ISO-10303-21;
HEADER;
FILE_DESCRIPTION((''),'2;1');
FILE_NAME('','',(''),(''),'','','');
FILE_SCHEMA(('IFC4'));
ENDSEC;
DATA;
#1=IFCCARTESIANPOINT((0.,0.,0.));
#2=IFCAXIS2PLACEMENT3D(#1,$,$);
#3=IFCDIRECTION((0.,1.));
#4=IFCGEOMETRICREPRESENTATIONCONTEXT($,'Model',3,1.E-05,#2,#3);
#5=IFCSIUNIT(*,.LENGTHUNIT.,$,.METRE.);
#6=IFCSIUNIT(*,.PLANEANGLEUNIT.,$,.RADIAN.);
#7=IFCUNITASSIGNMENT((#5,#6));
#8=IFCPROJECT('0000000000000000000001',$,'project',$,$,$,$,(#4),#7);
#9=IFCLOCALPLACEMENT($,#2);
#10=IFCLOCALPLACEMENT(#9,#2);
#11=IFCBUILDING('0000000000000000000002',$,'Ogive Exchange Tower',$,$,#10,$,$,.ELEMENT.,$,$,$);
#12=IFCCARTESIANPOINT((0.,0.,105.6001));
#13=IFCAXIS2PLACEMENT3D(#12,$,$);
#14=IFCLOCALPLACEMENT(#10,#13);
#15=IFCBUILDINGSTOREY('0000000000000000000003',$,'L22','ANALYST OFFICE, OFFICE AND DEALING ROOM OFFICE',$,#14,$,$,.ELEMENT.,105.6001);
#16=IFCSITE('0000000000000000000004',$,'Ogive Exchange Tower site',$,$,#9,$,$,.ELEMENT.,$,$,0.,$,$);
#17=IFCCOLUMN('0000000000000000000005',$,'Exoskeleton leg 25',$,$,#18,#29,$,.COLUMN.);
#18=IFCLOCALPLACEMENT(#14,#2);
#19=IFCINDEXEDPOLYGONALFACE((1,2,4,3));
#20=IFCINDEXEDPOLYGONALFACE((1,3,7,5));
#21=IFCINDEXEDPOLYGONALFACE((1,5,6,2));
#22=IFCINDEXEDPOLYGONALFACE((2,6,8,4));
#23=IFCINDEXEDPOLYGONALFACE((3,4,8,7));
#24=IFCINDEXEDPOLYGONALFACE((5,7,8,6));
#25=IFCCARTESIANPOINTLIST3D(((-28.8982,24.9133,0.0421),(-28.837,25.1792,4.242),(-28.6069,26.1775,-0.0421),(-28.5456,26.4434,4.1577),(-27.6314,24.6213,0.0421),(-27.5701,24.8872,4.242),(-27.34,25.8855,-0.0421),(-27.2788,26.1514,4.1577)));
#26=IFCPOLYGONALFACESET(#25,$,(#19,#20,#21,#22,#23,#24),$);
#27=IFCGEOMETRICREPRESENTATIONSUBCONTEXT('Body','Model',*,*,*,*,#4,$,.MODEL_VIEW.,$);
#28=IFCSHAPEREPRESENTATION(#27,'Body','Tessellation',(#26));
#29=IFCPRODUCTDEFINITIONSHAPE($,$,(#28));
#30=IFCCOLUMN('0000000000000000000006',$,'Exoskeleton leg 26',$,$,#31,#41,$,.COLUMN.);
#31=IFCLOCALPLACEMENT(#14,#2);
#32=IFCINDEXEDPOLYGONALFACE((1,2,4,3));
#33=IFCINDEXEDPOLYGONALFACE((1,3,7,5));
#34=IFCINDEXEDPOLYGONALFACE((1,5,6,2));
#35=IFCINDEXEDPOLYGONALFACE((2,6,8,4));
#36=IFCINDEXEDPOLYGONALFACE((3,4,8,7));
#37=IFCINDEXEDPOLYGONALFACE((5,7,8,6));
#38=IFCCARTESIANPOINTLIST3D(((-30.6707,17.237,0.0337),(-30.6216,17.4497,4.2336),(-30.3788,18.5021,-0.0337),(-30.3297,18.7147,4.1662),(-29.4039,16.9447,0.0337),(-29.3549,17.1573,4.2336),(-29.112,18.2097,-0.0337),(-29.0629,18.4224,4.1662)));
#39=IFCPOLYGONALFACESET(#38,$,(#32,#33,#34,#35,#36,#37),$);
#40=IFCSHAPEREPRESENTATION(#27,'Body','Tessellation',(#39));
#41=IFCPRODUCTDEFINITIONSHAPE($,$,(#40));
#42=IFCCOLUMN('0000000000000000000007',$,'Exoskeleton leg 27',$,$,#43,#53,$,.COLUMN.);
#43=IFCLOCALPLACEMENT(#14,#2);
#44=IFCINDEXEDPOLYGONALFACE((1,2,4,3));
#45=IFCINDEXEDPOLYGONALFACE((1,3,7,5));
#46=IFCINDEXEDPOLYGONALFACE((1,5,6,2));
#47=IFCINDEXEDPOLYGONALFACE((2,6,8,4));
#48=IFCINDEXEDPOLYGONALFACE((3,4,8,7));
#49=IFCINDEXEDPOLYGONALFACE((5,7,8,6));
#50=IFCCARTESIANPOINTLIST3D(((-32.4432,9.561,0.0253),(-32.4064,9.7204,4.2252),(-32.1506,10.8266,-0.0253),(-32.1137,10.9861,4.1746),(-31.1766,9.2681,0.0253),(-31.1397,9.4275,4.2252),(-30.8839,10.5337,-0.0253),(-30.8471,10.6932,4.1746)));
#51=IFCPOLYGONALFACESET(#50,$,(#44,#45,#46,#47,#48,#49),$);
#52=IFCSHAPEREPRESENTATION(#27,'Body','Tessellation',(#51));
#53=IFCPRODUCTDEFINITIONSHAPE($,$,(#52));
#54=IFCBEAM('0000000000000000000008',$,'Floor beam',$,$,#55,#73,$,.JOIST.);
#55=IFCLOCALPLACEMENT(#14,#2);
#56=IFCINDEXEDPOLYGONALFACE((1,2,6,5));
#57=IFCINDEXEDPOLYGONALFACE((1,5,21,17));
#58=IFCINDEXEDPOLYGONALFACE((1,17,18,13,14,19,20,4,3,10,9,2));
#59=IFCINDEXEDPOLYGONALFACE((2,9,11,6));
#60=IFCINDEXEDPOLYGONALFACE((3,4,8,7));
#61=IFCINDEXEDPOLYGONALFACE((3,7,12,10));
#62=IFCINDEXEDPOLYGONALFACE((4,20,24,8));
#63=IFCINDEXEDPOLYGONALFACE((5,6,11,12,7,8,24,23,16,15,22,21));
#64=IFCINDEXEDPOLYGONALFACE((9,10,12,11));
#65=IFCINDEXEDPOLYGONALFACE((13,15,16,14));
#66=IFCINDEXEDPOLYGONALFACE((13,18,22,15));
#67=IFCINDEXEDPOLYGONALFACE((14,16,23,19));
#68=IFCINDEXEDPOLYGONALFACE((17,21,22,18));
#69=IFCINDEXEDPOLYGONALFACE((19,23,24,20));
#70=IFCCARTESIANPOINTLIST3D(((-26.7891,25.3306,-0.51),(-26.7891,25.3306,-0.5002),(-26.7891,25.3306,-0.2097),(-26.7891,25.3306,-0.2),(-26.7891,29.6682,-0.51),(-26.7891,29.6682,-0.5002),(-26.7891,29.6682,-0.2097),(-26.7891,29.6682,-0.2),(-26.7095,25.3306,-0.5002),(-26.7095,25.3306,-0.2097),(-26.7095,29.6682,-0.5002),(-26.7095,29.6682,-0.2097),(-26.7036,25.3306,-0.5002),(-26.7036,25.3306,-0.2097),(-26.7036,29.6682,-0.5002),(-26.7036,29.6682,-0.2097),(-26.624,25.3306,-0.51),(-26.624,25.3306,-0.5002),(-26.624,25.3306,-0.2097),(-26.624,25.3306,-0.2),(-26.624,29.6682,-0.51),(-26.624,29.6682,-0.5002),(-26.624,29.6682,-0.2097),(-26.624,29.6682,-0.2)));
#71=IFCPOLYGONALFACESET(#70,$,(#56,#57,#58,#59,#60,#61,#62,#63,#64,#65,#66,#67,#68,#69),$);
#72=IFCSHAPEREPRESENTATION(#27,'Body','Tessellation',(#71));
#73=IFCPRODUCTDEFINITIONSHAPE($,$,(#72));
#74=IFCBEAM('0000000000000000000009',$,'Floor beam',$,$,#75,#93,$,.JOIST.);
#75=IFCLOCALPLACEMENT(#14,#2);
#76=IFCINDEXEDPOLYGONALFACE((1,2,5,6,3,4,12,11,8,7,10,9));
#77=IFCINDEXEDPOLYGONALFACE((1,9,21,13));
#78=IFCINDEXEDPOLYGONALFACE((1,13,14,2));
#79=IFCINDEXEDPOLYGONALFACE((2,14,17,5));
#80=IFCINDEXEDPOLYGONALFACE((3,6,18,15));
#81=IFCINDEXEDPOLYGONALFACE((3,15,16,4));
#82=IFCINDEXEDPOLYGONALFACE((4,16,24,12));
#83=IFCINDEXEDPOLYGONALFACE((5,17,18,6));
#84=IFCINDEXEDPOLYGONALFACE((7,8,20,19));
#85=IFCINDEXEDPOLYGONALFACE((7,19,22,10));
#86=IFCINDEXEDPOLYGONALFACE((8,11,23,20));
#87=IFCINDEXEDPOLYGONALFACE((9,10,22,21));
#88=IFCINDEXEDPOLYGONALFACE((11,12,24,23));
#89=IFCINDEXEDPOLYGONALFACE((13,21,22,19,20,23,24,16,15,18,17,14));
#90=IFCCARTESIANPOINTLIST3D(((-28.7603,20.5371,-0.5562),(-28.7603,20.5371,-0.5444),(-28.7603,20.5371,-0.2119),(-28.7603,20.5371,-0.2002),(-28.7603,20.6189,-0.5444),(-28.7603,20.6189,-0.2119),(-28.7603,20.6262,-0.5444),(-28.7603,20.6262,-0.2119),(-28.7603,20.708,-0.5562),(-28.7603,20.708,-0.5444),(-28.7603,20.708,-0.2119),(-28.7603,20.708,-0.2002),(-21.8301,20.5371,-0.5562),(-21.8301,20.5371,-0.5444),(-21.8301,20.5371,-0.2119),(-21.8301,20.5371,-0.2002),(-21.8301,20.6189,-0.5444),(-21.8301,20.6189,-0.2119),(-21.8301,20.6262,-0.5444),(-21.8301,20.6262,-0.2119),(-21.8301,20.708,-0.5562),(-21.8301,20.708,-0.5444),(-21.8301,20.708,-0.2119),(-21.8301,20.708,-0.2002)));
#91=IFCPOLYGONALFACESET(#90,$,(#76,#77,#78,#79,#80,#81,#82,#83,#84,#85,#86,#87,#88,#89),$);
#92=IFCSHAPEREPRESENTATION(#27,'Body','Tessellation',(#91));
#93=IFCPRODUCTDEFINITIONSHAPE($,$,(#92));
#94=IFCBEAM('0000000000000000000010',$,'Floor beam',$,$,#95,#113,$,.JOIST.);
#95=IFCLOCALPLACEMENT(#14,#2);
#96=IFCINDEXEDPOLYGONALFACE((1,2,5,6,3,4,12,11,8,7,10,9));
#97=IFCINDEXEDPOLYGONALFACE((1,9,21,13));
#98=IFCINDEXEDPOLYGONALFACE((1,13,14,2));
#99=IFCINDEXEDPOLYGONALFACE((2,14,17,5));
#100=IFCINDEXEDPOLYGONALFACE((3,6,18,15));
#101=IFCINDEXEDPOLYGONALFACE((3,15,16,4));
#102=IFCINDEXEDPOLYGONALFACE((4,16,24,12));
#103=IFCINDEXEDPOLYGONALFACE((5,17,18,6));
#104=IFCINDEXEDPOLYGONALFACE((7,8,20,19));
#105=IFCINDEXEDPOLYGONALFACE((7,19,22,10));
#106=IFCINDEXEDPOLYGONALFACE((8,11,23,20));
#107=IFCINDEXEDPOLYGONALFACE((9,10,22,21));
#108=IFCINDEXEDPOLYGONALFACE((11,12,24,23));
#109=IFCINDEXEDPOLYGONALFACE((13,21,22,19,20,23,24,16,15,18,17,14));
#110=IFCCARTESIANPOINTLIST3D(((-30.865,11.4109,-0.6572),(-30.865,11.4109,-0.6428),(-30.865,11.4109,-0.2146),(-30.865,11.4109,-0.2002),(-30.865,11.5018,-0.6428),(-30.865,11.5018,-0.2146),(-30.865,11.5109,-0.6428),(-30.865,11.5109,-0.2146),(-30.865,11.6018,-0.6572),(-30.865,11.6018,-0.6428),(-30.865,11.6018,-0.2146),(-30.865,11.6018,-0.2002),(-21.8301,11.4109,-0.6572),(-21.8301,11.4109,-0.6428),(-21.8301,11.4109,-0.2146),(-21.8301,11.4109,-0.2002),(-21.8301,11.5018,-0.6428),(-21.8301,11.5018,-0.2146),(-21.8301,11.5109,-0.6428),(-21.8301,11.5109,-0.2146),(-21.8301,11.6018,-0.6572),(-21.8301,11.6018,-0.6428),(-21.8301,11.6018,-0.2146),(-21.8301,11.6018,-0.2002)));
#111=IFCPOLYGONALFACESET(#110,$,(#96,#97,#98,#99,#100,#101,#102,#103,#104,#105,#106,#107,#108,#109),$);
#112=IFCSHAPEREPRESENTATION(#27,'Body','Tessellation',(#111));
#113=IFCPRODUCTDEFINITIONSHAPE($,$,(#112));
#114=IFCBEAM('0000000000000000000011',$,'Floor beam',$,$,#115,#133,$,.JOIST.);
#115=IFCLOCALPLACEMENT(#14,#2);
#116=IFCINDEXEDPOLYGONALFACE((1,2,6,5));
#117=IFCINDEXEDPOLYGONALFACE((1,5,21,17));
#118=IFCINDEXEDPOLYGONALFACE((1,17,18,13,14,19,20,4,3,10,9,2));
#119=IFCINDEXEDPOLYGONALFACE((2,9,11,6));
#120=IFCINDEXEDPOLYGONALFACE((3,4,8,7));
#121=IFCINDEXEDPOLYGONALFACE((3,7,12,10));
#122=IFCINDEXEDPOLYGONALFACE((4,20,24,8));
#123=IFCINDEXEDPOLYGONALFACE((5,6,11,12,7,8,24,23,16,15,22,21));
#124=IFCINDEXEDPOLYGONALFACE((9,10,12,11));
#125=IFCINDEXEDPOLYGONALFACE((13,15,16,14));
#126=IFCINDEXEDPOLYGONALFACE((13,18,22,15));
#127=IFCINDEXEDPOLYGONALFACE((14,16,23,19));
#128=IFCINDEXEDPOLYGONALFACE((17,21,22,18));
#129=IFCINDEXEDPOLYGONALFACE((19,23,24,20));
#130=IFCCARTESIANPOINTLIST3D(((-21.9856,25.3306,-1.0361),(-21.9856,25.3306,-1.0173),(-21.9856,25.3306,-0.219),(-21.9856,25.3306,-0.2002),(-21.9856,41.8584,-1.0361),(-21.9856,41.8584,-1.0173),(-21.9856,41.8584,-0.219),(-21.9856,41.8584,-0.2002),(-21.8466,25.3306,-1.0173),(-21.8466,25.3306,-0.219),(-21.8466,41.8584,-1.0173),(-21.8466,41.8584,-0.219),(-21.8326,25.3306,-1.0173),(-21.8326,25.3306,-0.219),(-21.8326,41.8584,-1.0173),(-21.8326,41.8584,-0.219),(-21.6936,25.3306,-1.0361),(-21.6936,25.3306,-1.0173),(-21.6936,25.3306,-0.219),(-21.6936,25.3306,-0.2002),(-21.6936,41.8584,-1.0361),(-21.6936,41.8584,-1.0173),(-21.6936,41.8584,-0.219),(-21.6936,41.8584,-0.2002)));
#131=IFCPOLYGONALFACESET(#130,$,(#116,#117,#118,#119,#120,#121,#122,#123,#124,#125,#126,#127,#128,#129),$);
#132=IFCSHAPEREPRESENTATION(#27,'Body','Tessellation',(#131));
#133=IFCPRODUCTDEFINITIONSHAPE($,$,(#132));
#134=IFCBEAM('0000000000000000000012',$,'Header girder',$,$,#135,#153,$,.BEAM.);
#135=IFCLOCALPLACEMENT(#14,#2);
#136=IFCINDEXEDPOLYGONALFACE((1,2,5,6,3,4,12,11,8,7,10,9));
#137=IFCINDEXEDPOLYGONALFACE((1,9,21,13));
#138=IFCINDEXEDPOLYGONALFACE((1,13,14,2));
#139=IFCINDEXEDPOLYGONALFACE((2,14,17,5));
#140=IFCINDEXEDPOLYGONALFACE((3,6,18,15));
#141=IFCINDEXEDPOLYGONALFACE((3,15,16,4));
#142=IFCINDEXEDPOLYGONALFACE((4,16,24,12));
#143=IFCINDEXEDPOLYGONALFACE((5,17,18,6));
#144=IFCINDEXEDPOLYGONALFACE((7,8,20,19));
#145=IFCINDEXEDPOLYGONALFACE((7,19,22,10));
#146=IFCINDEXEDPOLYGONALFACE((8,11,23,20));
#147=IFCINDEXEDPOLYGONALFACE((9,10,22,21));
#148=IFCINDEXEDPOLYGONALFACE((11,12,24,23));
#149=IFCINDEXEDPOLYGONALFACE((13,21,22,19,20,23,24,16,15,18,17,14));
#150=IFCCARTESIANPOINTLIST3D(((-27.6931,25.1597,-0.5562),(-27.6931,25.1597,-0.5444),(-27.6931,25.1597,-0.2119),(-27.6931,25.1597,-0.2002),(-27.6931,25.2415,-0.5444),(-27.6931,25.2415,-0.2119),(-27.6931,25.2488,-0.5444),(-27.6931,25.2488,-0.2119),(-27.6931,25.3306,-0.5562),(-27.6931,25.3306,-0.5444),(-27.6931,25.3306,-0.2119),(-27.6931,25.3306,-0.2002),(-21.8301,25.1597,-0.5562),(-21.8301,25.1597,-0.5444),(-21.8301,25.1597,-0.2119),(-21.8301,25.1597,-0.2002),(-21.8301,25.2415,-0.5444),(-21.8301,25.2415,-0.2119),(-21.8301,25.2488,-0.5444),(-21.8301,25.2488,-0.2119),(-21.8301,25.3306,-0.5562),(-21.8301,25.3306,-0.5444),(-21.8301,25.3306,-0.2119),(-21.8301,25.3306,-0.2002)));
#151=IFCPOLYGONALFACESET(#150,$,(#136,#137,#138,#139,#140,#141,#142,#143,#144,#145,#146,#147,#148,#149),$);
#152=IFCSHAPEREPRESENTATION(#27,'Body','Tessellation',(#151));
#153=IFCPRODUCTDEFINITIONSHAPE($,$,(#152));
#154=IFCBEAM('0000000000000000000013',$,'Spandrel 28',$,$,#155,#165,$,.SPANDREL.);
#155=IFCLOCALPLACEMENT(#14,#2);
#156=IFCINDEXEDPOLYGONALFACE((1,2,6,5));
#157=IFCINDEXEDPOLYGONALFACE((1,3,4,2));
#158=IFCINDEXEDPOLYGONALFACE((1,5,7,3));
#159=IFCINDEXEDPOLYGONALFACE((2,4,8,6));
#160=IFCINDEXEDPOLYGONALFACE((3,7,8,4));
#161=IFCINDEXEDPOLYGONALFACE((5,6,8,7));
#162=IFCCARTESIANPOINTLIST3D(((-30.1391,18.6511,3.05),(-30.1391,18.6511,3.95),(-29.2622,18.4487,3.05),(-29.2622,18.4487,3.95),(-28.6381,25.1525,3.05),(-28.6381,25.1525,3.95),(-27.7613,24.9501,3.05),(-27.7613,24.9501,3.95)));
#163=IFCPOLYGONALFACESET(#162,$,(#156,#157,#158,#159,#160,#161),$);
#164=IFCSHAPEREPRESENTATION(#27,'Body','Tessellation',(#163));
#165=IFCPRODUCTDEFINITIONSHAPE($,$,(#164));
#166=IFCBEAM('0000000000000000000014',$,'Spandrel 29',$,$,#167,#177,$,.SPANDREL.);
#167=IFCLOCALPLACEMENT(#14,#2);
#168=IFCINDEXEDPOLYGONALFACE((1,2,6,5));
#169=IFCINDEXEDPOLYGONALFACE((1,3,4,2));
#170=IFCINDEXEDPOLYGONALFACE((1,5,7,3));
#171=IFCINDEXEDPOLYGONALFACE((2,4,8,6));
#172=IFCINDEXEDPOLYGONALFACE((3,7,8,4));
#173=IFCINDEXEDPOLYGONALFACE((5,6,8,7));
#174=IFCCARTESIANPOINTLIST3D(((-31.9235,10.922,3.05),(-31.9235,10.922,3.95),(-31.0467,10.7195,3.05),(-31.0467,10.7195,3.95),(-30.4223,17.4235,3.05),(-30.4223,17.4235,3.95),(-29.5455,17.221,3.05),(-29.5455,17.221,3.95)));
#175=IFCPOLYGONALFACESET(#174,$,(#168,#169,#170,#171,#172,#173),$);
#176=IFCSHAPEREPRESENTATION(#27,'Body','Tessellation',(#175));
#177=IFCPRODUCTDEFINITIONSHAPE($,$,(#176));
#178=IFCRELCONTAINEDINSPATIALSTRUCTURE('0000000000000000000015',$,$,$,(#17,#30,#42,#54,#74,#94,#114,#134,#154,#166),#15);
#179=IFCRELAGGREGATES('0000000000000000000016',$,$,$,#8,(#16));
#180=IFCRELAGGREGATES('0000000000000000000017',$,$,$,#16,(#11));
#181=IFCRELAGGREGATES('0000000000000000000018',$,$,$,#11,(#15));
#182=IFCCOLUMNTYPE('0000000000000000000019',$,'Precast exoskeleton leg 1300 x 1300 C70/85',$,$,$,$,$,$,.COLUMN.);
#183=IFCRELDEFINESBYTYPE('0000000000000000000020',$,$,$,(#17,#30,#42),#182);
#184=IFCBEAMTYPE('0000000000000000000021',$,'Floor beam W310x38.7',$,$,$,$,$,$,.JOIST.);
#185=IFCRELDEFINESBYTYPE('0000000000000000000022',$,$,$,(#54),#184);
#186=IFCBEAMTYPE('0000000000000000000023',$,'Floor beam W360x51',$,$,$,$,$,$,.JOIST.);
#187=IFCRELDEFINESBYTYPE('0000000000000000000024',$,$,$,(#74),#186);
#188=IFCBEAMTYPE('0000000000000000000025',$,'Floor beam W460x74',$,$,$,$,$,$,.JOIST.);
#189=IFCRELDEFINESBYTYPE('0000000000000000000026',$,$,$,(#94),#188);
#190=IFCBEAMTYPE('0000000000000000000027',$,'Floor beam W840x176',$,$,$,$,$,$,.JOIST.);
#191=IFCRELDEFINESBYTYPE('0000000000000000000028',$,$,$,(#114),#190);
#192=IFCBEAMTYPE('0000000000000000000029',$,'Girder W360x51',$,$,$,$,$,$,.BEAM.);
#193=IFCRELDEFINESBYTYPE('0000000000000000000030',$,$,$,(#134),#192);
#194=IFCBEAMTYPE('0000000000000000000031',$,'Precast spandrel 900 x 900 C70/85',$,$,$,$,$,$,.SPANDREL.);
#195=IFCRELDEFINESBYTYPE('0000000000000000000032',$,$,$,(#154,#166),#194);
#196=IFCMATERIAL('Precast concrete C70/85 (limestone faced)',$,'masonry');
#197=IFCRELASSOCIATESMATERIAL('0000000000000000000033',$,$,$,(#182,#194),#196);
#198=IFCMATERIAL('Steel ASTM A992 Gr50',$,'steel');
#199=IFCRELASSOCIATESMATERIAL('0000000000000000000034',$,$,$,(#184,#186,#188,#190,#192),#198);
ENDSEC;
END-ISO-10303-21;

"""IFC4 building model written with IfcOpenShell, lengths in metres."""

from ifc_helpers import new_model, si_unit, direction, frame, origin, origin_2d, place, context, subcontext, project, spatial, rectangle, i_section, extrude, material, material_profile, profile_set, type_object, element, save


model = new_model("IFC4")

# Units and contexts
model_context = context("Model", 3, precision=1e-05, world=origin(), true_north=direction((0.0, 1.0)))
body_context = subcontext(model_context, "Body", "Model", "MODEL_VIEW")
ifc_project = project(units=[si_unit("LENGTHUNIT", "METRE"), si_unit("PLANEANGLEUNIT", "RADIAN")], contexts=[model_context])

# Site, building, storey
site_placement = place(None, origin())
site = spatial("IfcSite", under=ifc_project, at=site_placement, Name="Ogive Exchange Tower site", CompositionType="ELEMENT", RefElevation=0.0)
building_placement = place(site_placement, origin())
building = spatial("IfcBuilding", under=site, at=building_placement, Name="Ogive Exchange Tower", CompositionType="ELEMENT")
storey_placement = place(building_placement, frame((0.0, 0.0, 105.6001)))
storey = spatial("IfcBuildingStorey", under=building, at=storey_placement, Name="L22", Description="ANALYST OFFICE, OFFICE AND DEALING ROOM OFFICE", CompositionType="ELEMENT", Elevation=105.6001)

# Columns
ifc_material_1 = material(Name="Precast concrete C70/85 (limestone faced)", Category="masonry")
ifc_material_profile_1 = material_profile(ifc_material_1, rectangle(XDim=1.3, YDim=1.3, at=origin_2d()), Name="1300 x 1300")
ifc_profile_set_1 = profile_set([ifc_material_profile_1], Name="Precast concrete C70/85 (limestone faced)")
column_type = type_object("IfcColumnType", Name="Precast exoskeleton leg 1300 x 1300 C70/85", PredefinedType="COLUMN", material=ifc_profile_set_1)
column_1_placement = place(storey_placement, frame((-28.1191, 25.3994, 0.0), z_axis=(0.01456, 0.06317, 0.997897), x_axis=(-0.974451, 0.224598, 0.0)))
element("IfcColumn", 1, at=column_1_placement, inside=storey, type_object=column_type, Name="Exoskeleton leg 25", PredefinedType="COLUMN", context=body_context, shape_type="SweptSolid", body=[
    extrude(rectangle(XDim=1.3, YDim=1.3, at=origin_2d()), origin(), (0.0, 0.0, 1.0), 4.2087),
])
column_2_placement = place(storey_placement, frame((-29.8914, 17.7234, 0.0), z_axis=(0.011668, 0.050562, 0.998653), x_axis=(-0.974391, 0.22486, 0.0)))
element("IfcColumn", 2, at=column_2_placement, inside=storey, type_object=column_type, Name="Exoskeleton leg 26", PredefinedType="COLUMN", context=body_context, shape_type="SweptSolid", body=[
    extrude(rectangle(XDim=1.3, YDim=1.3, at=origin_2d()), origin(), (0.0, 0.0, 1.0), 4.2056),
])
column_3_placement = place(storey_placement, frame((-31.6636, 10.0474, 0.0), z_axis=(0.008771, 0.03793, 0.999242), x_axis=(-0.974291, 0.225295, 0.0)))
element("IfcColumn", 3, at=column_3_placement, inside=storey, type_object=column_type, Name="Exoskeleton leg 27", PredefinedType="COLUMN", context=body_context, shape_type="SweptSolid", body=[
    extrude(rectangle(XDim=1.3, YDim=1.3, at=origin_2d()), origin(), (0.0, 0.0, 1.0), 4.2031),
])

# Beams
ifc_material_2 = material(Name="Steel ASTM A992 Gr50", Category="steel")
ifc_material_profile_2 = material_profile(ifc_material_2, i_section(OverallWidth=0.165, OverallDepth=0.3101, WebThickness=0.0059, FlangeThickness=0.0098, at=origin_2d()), Name="W310x38.7")
ifc_profile_set_2 = profile_set([ifc_material_profile_2], Name="Steel ASTM A992 Gr50")
beam_type_1 = type_object("IfcBeamType", Name="Floor beam W310x38.7", PredefinedType="JOIST", material=ifc_profile_set_2)
beam_1_placement = place(storey_placement, frame((-26.7065, 25.3306, -0.355), z_axis=(0.0, 1.0, 0.0), x_axis=(-1.0, 0.0, 0.0)))
element("IfcBeam", 4, at=beam_1_placement, inside=storey, type_object=beam_type_1, Name="Floor beam", PredefinedType="JOIST", context=body_context, shape_type="SweptSolid", body=[
    extrude(i_section(OverallWidth=0.165, OverallDepth=0.3101, WebThickness=0.0059, FlangeThickness=0.0098, at=origin_2d()), origin(), (0.0, 0.0, 1.0), 4.3376),
])
ifc_material_profile_3 = material_profile(ifc_material_2, i_section(OverallWidth=0.1709, OverallDepth=0.356, WebThickness=0.0073, FlangeThickness=0.0117, at=origin_2d()), Name="W360x51")
ifc_profile_set_3 = profile_set([ifc_material_profile_3], Name="Steel ASTM A992 Gr50")
beam_type_2 = type_object("IfcBeamType", Name="Floor beam W360x51", PredefinedType="JOIST", material=ifc_profile_set_3)
beam_2_placement = place(storey_placement, frame((-28.7603, 20.6226, -0.3782), z_axis=(1.0, 0.0, 0.0), x_axis=(0.0, 1.0, 0.0)))
element("IfcBeam", 5, at=beam_2_placement, inside=storey, type_object=beam_type_2, Name="Floor beam", PredefinedType="JOIST", context=body_context, shape_type="SweptSolid", body=[
    extrude(i_section(OverallWidth=0.1709, OverallDepth=0.356, WebThickness=0.0073, FlangeThickness=0.0117, at=origin_2d()), origin(), (0.0, 0.0, 1.0), 6.9302),
])
ifc_material_profile_4 = material_profile(ifc_material_2, i_section(OverallWidth=0.1909, OverallDepth=0.457, WebThickness=0.009, FlangeThickness=0.0144, at=origin_2d()), Name="W460x74")
ifc_profile_set_4 = profile_set([ifc_material_profile_4], Name="Steel ASTM A992 Gr50")
beam_type_3 = type_object("IfcBeamType", Name="Floor beam W460x74", PredefinedType="JOIST", material=ifc_profile_set_4)
beam_3_placement = place(storey_placement, frame((-30.865, 11.5063, -0.4287), z_axis=(1.0, 0.0, 0.0), x_axis=(0.0, 1.0, 0.0)))
element("IfcBeam", 6, at=beam_3_placement, inside=storey, type_object=beam_type_3, Name="Floor beam", PredefinedType="JOIST", context=body_context, shape_type="SweptSolid", body=[
    extrude(i_section(OverallWidth=0.1909, OverallDepth=0.457, WebThickness=0.009, FlangeThickness=0.0144, at=origin_2d()), origin(), (0.0, 0.0, 1.0), 9.0349),
])
ifc_material_profile_5 = material_profile(ifc_material_2, i_section(OverallWidth=0.292, OverallDepth=0.8359, WebThickness=0.0139, FlangeThickness=0.0188, at=origin_2d()), Name="W840x176")
ifc_profile_set_5 = profile_set([ifc_material_profile_5], Name="Steel ASTM A992 Gr50")
beam_type_4 = type_object("IfcBeamType", Name="Floor beam W840x176", PredefinedType="JOIST", material=ifc_profile_set_5)
beam_4_placement = place(storey_placement, frame((-21.8396, 25.3306, -0.6182), z_axis=(0.0, 1.0, 0.0), x_axis=(-1.0, 0.0, 0.0)))
element("IfcBeam", 7, at=beam_4_placement, inside=storey, type_object=beam_type_4, Name="Floor beam", PredefinedType="JOIST", context=body_context, shape_type="SweptSolid", body=[
    extrude(i_section(OverallWidth=0.292, OverallDepth=0.8359, WebThickness=0.0139, FlangeThickness=0.0188, at=origin_2d()), origin(), (0.0, 0.0, 1.0), 16.5278),
])
ifc_material_profile_6 = material_profile(ifc_material_2, i_section(OverallWidth=0.1709, OverallDepth=0.356, WebThickness=0.0073, FlangeThickness=0.0117, at=origin_2d()), Name="W360x51")
ifc_profile_set_6 = profile_set([ifc_material_profile_6], Name="Steel ASTM A992 Gr50")
beam_type_5 = type_object("IfcBeamType", Name="Girder W360x51", PredefinedType="BEAM", material=ifc_profile_set_6)
beam_5_placement = place(storey_placement, frame((-27.6931, 25.2451, -0.3782), z_axis=(1.0, 0.0, 0.0), x_axis=(0.0, 1.0, 0.0)))
element("IfcBeam", 8, at=beam_5_placement, inside=storey, type_object=beam_type_5, Name="Header girder", PredefinedType="BEAM", context=body_context, shape_type="SweptSolid", body=[
    extrude(i_section(OverallWidth=0.1709, OverallDepth=0.356, WebThickness=0.0073, FlangeThickness=0.0117, at=origin_2d()), origin(), (0.0, 0.0, 1.0), 5.863),
])
ifc_material_profile_7 = material_profile(ifc_material_1, rectangle(XDim=0.8999, YDim=0.8999, at=origin_2d()), Name="900 x 900")
ifc_profile_set_7 = profile_set([ifc_material_profile_7], Name="Precast concrete C70/85 (limestone faced)")
beam_type_6 = type_object("IfcBeamType", Name="Precast spandrel 900 x 900 C70/85", PredefinedType="SPANDREL", material=ifc_profile_set_7)
beam_6_placement = place(storey_placement, frame((-28.1997, 25.0513, 3.5), z_axis=(-0.22495, -0.97437, 0.0), x_axis=(0.97437, -0.22495, 0.0)))
element("IfcBeam", 9, at=beam_6_placement, inside=storey, type_object=beam_type_6, Name="Spandrel 28", PredefinedType="SPANDREL", context=body_context, shape_type="SweptSolid", body=[
    extrude(rectangle(XDim=0.8999, YDim=0.8999, at=origin_2d()), origin(), (0.0, 0.0, 1.0), 6.6724),
])
beam_7_placement = place(storey_placement, frame((-29.9839, 17.3223, 3.5), z_axis=(-0.224985, -0.974362, 0.0), x_axis=(0.974362, -0.224985, 0.0)))
element("IfcBeam", 10, at=beam_7_placement, inside=storey, type_object=beam_type_6, Name="Spandrel 29", PredefinedType="SPANDREL", context=body_context, shape_type="SweptSolid", body=[
    extrude(rectangle(XDim=0.8999, YDim=0.8999, at=origin_2d()), origin(), (0.0, 0.0, 1.0), 6.6726),
])

save(model, "model.ifc")
